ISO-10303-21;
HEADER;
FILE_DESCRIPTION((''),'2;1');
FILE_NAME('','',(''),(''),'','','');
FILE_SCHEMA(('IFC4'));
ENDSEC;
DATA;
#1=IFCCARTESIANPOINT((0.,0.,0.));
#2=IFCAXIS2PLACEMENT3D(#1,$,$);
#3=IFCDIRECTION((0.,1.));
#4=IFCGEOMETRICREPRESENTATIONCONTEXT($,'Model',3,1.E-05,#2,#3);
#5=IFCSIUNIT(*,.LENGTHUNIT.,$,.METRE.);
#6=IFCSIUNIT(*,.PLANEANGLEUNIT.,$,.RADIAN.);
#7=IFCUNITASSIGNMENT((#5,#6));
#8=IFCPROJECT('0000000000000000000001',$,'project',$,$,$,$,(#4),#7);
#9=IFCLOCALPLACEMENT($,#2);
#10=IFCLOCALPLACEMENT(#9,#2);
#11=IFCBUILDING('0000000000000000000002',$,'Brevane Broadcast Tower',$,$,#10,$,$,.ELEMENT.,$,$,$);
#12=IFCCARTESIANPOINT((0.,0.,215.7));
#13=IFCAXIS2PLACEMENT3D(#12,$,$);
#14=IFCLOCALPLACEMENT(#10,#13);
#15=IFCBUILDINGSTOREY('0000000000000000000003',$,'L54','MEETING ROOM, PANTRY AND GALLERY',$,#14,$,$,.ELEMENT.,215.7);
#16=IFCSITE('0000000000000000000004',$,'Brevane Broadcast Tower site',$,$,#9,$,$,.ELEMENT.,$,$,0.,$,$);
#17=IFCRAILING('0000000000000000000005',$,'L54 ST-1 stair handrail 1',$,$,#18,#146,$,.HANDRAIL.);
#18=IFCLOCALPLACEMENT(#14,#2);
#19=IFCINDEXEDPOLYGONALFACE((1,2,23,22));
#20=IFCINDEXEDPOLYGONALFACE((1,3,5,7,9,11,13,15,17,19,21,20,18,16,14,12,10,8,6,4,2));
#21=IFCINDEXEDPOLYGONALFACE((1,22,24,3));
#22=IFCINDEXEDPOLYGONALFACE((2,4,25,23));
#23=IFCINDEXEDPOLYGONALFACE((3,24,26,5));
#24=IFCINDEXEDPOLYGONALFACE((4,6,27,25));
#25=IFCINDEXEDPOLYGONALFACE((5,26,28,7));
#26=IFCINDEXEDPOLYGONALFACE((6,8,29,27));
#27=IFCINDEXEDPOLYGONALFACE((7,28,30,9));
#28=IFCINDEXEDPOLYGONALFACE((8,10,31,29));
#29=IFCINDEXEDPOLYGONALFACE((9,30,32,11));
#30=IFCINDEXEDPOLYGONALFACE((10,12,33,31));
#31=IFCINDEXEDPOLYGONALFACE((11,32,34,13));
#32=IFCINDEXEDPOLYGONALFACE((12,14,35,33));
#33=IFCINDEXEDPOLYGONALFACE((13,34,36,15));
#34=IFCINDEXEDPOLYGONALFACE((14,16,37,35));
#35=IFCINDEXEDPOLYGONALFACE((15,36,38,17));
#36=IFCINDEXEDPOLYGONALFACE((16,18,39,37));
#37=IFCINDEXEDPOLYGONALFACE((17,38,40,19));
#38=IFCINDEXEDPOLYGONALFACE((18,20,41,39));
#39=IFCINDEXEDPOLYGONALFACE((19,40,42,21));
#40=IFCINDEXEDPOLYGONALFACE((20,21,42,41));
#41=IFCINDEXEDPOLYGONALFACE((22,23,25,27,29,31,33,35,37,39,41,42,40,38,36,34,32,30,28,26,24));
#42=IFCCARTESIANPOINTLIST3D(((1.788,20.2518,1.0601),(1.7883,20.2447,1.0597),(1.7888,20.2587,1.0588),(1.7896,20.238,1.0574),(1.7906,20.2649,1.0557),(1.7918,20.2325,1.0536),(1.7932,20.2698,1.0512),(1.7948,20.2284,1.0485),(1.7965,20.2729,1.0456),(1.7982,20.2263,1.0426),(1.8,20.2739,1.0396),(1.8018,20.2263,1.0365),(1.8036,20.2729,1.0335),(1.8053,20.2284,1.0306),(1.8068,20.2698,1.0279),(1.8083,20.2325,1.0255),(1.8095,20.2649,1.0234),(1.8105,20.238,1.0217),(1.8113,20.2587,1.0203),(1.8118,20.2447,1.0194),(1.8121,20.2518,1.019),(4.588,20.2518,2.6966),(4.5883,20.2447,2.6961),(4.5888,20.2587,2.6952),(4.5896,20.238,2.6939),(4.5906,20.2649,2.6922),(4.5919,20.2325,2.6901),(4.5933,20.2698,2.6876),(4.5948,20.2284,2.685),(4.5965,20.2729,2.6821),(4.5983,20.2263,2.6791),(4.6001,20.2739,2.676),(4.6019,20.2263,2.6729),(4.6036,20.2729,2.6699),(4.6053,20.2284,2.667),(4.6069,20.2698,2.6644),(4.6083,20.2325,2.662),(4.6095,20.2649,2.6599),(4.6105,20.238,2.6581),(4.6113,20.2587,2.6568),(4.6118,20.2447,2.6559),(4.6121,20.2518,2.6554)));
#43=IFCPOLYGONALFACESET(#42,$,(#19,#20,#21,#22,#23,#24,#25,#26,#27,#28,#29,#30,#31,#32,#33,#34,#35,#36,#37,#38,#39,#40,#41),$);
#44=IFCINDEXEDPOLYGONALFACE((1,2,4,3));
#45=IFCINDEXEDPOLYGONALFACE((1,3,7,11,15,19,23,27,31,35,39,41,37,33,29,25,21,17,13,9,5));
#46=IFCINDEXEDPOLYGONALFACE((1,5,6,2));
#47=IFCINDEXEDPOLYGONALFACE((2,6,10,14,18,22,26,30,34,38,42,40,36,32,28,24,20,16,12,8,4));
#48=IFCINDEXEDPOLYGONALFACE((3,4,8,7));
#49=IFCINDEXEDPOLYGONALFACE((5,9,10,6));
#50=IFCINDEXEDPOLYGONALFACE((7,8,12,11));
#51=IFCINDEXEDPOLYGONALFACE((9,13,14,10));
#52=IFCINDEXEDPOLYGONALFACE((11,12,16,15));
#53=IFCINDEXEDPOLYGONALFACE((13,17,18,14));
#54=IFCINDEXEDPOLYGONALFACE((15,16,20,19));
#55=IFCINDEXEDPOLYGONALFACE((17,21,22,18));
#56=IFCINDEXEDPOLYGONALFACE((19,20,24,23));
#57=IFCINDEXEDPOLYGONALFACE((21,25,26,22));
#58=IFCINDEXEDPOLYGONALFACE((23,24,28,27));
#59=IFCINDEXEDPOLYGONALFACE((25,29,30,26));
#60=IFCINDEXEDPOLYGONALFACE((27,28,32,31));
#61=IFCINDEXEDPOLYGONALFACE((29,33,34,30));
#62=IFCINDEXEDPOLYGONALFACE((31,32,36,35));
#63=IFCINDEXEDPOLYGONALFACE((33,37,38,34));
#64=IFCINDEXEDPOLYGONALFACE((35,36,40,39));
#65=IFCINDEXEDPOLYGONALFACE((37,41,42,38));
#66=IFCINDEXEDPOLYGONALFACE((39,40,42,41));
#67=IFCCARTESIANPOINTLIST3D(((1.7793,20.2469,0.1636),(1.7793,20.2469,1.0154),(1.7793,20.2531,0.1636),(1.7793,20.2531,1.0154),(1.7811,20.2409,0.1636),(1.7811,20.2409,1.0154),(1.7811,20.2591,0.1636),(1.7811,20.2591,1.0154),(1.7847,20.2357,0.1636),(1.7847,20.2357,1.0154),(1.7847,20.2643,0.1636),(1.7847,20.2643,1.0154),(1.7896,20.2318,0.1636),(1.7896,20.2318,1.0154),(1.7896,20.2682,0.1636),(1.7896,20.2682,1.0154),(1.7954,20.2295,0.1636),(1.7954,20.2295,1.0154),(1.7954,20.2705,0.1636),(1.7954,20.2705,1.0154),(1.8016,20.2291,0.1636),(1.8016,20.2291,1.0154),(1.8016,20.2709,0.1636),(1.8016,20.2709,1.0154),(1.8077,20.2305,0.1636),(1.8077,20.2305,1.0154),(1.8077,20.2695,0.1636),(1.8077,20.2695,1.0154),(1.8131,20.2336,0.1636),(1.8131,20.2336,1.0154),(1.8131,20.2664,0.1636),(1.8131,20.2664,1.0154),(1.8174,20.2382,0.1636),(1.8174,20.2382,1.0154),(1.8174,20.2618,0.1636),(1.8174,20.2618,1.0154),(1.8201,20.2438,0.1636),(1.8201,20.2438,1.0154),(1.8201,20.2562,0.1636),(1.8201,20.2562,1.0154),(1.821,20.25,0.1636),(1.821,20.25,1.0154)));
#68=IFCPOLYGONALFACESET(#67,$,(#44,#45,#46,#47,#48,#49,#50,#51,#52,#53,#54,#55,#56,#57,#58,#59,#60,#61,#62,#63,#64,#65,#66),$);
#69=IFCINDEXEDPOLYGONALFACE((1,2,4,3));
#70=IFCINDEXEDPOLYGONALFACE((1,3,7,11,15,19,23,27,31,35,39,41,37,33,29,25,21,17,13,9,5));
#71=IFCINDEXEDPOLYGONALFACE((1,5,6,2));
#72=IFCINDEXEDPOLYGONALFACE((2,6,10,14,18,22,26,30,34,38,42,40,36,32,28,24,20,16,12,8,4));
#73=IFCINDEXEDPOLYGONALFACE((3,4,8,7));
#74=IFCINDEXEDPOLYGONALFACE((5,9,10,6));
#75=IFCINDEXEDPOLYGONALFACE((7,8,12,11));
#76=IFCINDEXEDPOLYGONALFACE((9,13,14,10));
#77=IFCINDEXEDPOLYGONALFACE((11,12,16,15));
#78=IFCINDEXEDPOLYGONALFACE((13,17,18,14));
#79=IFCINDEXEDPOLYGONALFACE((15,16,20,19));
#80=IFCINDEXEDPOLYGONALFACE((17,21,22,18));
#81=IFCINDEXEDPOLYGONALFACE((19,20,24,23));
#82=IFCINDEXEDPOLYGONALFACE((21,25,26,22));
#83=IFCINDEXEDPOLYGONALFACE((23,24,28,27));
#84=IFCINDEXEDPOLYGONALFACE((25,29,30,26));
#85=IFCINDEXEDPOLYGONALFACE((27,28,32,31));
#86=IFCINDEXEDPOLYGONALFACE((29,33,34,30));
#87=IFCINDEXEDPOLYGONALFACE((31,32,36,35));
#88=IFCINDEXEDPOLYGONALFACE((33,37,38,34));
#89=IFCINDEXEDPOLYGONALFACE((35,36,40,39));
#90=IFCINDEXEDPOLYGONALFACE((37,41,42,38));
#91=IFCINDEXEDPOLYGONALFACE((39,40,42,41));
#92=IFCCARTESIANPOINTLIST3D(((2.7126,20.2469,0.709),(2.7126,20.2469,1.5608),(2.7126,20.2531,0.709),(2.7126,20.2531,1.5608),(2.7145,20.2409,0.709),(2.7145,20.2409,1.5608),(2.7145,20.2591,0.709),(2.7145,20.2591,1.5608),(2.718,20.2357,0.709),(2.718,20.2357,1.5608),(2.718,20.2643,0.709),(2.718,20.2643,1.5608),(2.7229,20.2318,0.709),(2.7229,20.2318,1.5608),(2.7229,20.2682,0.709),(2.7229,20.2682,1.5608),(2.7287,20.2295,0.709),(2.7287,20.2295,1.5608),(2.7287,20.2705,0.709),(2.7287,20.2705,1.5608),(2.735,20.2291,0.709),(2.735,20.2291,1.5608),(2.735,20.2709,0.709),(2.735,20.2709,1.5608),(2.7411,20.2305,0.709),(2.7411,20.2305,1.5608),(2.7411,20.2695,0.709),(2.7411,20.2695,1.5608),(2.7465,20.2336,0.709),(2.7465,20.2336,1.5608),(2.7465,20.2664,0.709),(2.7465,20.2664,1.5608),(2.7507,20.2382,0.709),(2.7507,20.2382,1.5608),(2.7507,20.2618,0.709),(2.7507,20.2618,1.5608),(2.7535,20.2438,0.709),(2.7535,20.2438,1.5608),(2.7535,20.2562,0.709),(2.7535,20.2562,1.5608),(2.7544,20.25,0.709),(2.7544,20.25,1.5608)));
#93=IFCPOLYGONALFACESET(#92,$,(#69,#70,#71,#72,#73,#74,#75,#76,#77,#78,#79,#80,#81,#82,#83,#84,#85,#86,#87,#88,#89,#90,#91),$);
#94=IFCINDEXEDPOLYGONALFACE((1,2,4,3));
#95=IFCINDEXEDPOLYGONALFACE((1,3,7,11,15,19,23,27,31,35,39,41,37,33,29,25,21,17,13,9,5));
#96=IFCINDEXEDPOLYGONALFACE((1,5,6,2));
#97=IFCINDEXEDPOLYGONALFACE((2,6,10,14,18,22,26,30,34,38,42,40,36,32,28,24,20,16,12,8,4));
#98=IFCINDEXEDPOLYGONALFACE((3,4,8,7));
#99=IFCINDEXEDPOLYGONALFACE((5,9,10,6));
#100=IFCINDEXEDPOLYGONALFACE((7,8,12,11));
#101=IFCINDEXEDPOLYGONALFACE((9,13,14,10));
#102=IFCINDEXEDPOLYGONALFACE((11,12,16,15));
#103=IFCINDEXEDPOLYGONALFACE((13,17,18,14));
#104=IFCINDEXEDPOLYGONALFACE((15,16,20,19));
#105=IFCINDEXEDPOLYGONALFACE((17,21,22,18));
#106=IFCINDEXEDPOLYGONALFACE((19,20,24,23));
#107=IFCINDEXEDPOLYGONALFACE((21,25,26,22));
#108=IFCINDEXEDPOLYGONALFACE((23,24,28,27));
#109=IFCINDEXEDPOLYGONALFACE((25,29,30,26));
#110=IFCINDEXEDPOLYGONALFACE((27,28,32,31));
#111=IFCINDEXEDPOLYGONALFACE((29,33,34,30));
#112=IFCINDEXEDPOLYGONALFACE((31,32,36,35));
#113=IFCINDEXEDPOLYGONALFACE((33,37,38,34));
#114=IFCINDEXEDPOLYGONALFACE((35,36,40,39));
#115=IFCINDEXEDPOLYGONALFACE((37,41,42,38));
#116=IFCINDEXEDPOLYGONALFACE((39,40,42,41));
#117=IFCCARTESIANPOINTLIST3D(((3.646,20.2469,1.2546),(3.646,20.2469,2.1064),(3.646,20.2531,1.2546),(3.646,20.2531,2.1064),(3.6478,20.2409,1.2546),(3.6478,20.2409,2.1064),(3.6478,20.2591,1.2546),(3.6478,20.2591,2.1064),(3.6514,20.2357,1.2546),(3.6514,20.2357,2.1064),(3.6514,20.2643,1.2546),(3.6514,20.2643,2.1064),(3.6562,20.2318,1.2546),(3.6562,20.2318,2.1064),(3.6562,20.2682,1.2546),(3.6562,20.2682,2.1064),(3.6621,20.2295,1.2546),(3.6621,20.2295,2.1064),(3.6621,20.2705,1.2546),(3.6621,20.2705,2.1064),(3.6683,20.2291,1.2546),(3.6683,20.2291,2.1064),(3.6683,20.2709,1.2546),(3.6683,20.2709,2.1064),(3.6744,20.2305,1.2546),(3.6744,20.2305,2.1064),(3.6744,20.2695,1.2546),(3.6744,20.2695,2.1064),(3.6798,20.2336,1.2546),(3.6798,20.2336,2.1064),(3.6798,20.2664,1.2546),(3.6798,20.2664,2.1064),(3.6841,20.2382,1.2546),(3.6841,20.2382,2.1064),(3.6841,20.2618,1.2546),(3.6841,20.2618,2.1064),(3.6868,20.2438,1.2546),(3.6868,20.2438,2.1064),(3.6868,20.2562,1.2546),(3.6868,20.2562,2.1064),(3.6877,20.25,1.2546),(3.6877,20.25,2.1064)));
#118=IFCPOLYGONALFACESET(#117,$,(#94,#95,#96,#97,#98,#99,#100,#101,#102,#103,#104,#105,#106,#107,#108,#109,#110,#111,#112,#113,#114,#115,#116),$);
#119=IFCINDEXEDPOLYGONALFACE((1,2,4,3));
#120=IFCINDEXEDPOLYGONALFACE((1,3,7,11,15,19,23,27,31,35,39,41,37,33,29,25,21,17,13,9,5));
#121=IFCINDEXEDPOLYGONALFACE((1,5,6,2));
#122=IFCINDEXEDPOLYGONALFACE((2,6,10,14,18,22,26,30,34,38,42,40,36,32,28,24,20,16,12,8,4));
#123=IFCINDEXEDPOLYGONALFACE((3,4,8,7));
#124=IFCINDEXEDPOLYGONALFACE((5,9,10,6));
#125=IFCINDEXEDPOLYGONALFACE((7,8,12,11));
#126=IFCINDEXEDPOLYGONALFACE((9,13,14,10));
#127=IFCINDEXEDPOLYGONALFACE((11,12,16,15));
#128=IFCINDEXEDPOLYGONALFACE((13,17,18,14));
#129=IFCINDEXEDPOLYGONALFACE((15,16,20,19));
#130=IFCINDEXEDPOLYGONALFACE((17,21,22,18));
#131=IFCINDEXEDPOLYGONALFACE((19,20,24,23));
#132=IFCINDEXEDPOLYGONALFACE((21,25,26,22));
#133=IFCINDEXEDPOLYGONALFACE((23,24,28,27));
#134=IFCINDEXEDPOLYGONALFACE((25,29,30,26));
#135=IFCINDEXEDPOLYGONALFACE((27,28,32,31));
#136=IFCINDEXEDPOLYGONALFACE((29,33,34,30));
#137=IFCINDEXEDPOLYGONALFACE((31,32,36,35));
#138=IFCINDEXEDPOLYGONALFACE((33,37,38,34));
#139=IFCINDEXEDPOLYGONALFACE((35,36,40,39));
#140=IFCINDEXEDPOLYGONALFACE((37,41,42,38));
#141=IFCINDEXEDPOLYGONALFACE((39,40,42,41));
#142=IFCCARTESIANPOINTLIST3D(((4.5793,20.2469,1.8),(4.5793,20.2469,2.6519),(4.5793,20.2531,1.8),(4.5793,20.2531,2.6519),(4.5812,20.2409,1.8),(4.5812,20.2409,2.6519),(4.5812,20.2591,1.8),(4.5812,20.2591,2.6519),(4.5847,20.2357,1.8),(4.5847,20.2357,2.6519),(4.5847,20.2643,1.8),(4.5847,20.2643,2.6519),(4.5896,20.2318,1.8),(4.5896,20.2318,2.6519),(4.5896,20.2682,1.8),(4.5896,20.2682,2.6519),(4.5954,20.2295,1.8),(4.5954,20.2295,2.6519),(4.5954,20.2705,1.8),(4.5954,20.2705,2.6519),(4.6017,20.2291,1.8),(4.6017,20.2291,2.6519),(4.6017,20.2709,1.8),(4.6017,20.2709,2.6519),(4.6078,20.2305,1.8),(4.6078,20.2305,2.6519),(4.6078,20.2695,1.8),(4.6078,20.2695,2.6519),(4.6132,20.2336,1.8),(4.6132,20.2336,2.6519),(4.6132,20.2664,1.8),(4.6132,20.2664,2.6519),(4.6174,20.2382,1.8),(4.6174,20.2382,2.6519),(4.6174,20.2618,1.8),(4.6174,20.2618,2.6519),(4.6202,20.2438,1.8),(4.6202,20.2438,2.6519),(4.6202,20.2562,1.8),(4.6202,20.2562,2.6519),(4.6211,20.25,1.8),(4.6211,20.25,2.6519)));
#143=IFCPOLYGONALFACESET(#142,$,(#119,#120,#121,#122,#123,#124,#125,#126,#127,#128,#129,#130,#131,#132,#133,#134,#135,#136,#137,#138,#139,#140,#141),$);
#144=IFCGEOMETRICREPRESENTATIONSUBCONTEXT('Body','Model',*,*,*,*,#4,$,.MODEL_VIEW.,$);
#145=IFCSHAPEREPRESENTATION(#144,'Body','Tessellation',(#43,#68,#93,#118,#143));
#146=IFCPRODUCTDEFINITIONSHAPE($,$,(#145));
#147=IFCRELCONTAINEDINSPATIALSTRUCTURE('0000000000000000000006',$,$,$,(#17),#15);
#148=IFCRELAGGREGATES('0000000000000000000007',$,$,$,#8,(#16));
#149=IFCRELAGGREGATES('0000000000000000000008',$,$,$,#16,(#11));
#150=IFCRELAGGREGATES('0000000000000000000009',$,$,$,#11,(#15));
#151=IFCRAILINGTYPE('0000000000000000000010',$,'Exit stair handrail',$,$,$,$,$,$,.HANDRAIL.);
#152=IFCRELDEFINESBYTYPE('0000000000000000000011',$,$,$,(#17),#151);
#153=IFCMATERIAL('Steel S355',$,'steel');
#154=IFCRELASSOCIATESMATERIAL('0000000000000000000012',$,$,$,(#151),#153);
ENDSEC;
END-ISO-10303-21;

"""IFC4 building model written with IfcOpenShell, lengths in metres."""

from ifc_helpers import new_model, si_unit, direction, frame, origin, origin_2d, place, context, subcontext, project, spatial, circle, extrude, material, type_object, element, save


model = new_model("IFC4")

# Units and contexts
model_context = context("Model", 3, precision=1e-05, world=origin(), true_north=direction((0.0, 1.0)))
body_context = subcontext(model_context, "Body", "Model", "MODEL_VIEW")
ifc_project = project(units=[si_unit("LENGTHUNIT", "METRE"), si_unit("PLANEANGLEUNIT", "RADIAN")], contexts=[model_context])

# Site, building, storey
site_placement = place(None, origin())
site = spatial("IfcSite", under=ifc_project, at=site_placement, Name="Brevane Broadcast Tower site", CompositionType="ELEMENT", RefElevation=0.0)
building_placement = place(site_placement, origin())
building = spatial("IfcBuilding", under=site, at=building_placement, Name="Brevane Broadcast Tower", CompositionType="ELEMENT")
storey_placement = place(building_placement, frame((0.0, 0.0, 215.7)))
storey = spatial("IfcBuildingStorey", under=building, at=storey_placement, Name="L54", Description="MEETING ROOM, PANTRY AND GALLERY", CompositionType="ELEMENT", Elevation=215.7)

# Railing
ifc_material_1 = material(Name="Steel S355", Category="steel")
railing_type_1 = type_object("IfcRailingType", Name="Exit stair handrail", PredefinedType="HANDRAIL", material=ifc_material_1)
railing_1_placement = place(storey_placement, frame((1.8, 20.25, 0.1636)))
element("IfcRailing", 1, at=railing_1_placement, inside=storey, type_object=railing_type_1, Name="L54 ST-1 stair handrail 1", PredefinedType="HANDRAIL", context=body_context, shape_type="SweptSolid", body=[
    extrude(circle(Radius=0.0239, at=origin_2d()), frame((0.0, 0.0, 0.876), z_axis=(0.863361, 0.0, 0.504587), x_axis=(0.0, 1.0, 0.0)), (0.0, 0.0, 1.0), 3.2432),
    extrude(circle(Radius=0.021, at=origin_2d()), origin(), (0.0, 0.0, 1.0), 0.8518),
    extrude(circle(Radius=0.021, at=origin_2d()), frame((0.9333, 0.0, 0.5454)), (0.0, 0.0, 1.0), 0.8518),
    extrude(circle(Radius=0.021, at=origin_2d()), frame((1.8667, 0.0, 1.0911)), (0.0, 0.0, 1.0), 0.8518),
    extrude(circle(Radius=0.021, at=origin_2d()), frame((2.8, 0.0, 1.6365)), (0.0, 0.0, 1.0), 0.8518),
])

save(model, "model.ifc")
